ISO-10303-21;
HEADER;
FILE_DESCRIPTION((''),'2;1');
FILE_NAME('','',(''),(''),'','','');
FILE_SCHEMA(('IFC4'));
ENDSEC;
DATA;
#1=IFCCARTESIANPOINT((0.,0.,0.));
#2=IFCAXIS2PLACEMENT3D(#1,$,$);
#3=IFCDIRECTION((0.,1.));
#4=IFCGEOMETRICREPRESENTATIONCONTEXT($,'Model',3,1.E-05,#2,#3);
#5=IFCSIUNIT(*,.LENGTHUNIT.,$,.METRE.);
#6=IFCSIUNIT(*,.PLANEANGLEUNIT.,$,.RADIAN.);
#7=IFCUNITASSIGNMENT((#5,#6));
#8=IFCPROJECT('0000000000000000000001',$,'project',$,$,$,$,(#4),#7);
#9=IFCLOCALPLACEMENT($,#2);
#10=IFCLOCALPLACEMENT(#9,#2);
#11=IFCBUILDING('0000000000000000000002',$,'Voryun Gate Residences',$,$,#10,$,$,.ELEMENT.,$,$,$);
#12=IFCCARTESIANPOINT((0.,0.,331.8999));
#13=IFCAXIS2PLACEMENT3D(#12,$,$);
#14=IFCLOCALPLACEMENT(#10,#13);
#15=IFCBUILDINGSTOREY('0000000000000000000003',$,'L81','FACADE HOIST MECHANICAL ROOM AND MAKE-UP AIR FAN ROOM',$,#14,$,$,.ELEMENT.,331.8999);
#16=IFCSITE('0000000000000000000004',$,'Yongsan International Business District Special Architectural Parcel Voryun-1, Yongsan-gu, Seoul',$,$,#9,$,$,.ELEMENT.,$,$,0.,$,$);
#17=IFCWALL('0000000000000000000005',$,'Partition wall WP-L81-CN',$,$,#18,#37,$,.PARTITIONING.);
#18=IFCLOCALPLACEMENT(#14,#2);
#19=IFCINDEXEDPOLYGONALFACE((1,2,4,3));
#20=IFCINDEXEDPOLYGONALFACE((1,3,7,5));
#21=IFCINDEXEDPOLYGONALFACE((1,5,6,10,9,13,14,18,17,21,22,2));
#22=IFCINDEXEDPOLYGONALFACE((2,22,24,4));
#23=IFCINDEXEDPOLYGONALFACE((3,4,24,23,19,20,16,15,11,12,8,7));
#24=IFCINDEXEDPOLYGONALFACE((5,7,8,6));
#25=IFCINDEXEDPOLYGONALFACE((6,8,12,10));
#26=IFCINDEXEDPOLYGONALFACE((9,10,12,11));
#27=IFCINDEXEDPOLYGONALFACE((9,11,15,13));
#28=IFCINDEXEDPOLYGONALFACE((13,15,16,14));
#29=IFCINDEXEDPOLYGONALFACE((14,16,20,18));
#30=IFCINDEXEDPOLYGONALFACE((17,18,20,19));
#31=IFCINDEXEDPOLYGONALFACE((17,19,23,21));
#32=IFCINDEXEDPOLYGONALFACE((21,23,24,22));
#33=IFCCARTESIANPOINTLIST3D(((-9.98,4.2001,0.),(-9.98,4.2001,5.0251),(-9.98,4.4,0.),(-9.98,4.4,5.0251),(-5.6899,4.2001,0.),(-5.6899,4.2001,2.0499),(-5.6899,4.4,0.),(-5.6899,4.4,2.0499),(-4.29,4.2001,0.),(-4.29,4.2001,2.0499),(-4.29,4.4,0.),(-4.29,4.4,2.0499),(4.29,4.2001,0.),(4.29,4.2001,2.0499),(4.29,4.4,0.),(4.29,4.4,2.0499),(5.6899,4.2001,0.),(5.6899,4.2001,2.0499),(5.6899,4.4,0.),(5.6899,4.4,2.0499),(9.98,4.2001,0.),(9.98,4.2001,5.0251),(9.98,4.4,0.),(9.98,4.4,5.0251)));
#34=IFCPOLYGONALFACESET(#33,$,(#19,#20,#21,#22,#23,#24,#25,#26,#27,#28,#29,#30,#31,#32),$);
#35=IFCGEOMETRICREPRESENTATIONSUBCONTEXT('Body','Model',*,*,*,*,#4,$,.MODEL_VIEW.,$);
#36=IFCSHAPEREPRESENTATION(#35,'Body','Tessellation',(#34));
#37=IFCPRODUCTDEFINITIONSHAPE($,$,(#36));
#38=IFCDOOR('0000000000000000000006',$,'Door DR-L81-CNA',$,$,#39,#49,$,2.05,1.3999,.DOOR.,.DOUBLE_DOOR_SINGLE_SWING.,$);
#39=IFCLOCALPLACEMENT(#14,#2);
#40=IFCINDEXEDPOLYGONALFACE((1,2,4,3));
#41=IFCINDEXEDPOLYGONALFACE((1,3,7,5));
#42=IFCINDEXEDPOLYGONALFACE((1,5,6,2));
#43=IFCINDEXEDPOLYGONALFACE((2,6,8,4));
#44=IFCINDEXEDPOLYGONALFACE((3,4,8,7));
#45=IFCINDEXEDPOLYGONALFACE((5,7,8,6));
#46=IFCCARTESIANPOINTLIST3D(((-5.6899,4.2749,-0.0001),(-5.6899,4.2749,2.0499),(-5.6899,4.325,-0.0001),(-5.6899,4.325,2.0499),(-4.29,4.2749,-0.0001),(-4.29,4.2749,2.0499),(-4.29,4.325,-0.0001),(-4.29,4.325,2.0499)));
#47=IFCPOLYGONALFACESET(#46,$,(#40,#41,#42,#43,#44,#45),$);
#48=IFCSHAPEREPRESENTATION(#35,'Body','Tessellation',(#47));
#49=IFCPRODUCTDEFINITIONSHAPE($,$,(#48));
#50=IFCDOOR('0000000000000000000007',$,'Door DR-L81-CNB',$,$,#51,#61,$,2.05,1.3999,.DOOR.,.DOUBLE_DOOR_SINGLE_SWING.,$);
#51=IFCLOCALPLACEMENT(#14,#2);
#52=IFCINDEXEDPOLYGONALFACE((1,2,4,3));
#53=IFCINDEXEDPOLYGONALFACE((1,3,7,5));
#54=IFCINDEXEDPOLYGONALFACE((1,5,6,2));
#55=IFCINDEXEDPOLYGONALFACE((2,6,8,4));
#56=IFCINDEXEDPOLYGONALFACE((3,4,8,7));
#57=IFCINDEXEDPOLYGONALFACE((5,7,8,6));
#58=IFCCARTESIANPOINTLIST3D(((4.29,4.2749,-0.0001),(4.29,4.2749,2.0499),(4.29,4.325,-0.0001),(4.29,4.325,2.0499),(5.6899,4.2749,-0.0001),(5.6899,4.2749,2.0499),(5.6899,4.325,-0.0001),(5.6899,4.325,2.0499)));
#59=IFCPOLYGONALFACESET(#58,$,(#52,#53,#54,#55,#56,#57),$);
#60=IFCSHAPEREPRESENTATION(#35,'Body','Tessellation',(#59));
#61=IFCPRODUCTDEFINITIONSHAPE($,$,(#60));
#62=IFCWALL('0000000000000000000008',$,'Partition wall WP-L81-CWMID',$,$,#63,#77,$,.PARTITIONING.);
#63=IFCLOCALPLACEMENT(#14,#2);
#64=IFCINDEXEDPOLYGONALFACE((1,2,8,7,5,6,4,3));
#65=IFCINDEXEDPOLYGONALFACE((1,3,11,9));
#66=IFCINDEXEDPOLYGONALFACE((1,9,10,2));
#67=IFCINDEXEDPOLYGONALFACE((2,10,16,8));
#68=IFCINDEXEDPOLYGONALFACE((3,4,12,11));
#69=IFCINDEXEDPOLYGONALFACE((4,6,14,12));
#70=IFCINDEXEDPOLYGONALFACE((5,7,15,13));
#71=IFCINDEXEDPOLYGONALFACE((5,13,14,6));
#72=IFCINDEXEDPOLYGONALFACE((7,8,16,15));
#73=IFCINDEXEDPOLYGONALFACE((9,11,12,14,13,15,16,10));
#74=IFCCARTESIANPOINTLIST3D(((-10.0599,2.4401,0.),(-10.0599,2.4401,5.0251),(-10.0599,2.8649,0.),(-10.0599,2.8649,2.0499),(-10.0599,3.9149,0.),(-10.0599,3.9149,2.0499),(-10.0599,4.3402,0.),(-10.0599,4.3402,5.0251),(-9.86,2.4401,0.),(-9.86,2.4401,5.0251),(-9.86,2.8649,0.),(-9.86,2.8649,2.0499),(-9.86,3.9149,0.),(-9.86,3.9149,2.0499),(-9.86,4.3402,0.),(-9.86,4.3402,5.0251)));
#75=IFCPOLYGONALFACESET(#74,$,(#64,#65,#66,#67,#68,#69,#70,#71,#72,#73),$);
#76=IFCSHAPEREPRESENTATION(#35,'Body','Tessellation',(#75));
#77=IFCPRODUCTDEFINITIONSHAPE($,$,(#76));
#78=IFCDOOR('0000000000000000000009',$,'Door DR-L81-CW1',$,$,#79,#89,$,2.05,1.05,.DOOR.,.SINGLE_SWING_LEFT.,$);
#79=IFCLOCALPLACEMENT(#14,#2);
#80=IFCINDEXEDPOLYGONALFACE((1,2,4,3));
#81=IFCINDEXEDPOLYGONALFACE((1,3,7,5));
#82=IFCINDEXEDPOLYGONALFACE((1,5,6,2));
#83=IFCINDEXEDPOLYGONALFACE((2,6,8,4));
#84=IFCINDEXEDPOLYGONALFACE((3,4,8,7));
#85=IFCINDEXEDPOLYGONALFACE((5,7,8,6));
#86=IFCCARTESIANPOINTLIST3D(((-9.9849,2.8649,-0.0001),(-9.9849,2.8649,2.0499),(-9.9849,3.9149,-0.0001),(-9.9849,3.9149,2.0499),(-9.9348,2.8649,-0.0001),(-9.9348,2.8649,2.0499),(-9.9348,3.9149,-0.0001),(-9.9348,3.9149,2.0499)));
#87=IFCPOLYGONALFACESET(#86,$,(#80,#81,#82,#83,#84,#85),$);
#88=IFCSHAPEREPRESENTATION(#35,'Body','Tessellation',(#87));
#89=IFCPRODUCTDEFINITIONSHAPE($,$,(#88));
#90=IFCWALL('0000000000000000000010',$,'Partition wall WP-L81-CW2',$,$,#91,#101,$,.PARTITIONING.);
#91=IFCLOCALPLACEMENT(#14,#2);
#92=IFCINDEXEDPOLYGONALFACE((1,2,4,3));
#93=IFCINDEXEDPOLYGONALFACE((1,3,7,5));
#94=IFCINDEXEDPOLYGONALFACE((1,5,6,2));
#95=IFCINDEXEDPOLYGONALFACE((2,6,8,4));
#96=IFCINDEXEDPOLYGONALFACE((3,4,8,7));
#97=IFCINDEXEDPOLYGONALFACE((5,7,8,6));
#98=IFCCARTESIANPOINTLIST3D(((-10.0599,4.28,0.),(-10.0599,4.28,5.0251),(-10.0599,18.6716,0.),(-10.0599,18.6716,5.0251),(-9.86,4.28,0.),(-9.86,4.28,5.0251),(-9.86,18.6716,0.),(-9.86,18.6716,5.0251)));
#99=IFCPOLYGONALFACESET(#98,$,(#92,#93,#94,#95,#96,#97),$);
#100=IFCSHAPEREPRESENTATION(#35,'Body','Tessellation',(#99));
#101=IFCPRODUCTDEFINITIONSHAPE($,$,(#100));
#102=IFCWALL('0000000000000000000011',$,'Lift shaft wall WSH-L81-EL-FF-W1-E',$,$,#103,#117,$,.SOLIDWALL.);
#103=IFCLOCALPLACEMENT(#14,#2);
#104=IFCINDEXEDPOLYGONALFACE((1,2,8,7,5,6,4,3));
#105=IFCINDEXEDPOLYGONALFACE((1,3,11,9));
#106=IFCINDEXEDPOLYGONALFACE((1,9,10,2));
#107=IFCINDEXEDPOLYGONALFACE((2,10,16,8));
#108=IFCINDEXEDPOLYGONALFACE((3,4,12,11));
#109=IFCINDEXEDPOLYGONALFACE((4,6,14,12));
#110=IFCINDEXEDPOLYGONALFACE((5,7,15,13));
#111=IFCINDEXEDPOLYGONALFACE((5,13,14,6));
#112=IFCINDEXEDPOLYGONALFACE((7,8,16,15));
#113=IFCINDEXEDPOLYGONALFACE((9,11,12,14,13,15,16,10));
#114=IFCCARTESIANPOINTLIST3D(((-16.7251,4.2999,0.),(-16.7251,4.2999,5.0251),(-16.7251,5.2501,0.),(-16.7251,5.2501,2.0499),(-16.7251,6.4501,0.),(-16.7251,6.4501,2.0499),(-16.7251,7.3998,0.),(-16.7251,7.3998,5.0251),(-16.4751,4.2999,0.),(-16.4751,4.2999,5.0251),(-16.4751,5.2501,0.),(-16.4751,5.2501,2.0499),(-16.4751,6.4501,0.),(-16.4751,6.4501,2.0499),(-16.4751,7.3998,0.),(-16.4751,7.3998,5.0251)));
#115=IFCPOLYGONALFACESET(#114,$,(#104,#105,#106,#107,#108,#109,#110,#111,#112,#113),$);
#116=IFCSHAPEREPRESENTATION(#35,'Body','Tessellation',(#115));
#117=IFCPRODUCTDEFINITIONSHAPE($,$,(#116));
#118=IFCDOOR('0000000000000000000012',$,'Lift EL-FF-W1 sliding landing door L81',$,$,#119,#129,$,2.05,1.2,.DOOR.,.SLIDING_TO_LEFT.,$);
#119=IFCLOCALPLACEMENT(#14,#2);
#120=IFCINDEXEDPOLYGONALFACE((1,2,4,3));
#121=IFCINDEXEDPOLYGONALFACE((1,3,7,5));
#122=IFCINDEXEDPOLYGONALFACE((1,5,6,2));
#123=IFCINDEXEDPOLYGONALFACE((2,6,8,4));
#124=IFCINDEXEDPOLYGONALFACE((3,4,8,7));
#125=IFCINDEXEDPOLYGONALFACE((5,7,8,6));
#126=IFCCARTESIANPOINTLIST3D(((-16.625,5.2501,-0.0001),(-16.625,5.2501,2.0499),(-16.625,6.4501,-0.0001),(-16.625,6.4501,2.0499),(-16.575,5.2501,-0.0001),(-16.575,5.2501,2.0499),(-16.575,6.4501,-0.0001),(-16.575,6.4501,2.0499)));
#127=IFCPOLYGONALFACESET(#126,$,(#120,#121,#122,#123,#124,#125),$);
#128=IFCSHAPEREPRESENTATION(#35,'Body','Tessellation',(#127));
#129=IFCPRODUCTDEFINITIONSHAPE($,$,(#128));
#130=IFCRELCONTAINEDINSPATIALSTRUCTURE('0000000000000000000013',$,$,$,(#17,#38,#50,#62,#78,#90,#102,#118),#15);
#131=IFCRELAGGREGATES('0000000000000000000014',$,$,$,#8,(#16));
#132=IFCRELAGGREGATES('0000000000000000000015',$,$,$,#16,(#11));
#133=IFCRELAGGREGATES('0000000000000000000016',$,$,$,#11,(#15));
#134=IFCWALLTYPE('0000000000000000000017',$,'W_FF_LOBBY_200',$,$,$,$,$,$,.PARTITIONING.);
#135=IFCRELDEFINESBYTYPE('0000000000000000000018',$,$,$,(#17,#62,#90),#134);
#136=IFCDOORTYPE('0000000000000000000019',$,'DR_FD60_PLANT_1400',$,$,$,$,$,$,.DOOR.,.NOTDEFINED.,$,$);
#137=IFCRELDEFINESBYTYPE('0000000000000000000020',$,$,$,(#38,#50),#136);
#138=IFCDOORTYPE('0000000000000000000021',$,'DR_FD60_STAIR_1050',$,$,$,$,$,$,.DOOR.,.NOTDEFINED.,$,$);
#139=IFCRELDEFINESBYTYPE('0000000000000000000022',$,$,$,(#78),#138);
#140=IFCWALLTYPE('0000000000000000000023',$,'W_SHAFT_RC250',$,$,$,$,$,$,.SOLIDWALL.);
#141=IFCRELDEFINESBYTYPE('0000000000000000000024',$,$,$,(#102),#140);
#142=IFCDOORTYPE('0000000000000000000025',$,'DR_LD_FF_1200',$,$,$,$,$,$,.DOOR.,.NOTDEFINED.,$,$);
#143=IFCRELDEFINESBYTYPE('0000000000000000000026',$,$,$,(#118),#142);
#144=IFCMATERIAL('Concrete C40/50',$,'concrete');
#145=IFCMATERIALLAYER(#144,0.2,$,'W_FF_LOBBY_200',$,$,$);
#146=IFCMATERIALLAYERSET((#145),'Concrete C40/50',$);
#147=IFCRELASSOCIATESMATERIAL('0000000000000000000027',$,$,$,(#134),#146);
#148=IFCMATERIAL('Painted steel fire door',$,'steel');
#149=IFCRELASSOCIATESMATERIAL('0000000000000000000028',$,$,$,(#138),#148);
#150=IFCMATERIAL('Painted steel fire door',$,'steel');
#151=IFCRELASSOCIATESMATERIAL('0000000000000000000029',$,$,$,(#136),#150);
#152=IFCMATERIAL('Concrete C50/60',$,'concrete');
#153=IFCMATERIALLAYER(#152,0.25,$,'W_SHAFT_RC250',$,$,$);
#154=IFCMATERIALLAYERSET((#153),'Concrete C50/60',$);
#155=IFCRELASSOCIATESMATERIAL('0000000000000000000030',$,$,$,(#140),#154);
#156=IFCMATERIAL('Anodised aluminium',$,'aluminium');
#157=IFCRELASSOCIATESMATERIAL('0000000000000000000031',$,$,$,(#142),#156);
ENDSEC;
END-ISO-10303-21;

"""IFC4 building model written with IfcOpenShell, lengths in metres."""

from ifc_helpers import new_model, si_unit, direction, frame, frame_2d, origin, place, context, subcontext, project, spatial, rectangle, extrude, material, layer, layer_set, type_object, element, fill, save


model = new_model("IFC4")

# Units and contexts
model_context = context("Model", 3, precision=1e-05, world=origin(), true_north=direction((0.0, 1.0)))
body_context = subcontext(model_context, "Body", "Model", "MODEL_VIEW")
ifc_project = project(units=[si_unit("LENGTHUNIT", "METRE"), si_unit("PLANEANGLEUNIT", "RADIAN")], contexts=[model_context])

# Site, building, storey
site_placement = place(None, origin())
site = spatial("IfcSite", under=ifc_project, at=site_placement, Name="Yongsan International Business District Special Architectural Parcel Voryun-1, Yongsan-gu, Seoul", CompositionType="ELEMENT", RefElevation=0.0)
building_placement = place(site_placement, origin())
building = spatial("IfcBuilding", under=site, at=building_placement, Name="Voryun Gate Residences", CompositionType="ELEMENT")
storey_placement = place(building_placement, frame((0.0, 0.0, 331.8999)))
storey = spatial("IfcBuildingStorey", under=building, at=storey_placement, Name="L81", Description="FACADE HOIST MECHANICAL ROOM AND MAKE-UP AIR FAN ROOM", CompositionType="ELEMENT", Elevation=331.8999)

# Shared definitions
ifc_material_1 = material(Name="Concrete C40/50", Category="concrete")
ifc_layer_1 = layer(ifc_material_1, 0.2, Name="W_FF_LOBBY_200")
ifc_layer_set_1 = layer_set([ifc_layer_1], Name="Concrete C40/50")
wall_type_1 = type_object("IfcWallType", Name="W_FF_LOBBY_200", PredefinedType="PARTITIONING", material=ifc_layer_set_1)

# Wall, openings, doors
ifc_material_2 = material(Name="Painted steel fire door", Category="steel")
door_type_1 = type_object("IfcDoorType", Name="DR_FD60_STAIR_1050", OperationType="NOTDEFINED", PredefinedType="DOOR", material=ifc_material_2)
wall_1_placement = place(storey_placement, frame((-9.98, 4.3, 0.0), z_axis=(0.0, 0.0, 1.0), x_axis=(1.0, 0.0, 0.0)))
wall_1 = element("IfcWall", 1, at=wall_1_placement, inside=storey, type_object=wall_type_1, Name="Partition wall WP-L81-CN", PredefinedType="PARTITIONING", context=body_context, shape_type="SweptSolid", body=[
    extrude(rectangle(XDim=19.96, YDim=0.2, at=frame_2d((9.98, 0.0))), origin(), (0.0, 0.0, 1.0), 5.0251),
])
opening_1_placement = place(wall_1_placement, frame((4.29, 0.0, 0.0)))
opening_1 = element("IfcOpeningElement", 2, at=opening_1_placement, cuts=wall_1, PredefinedType="OPENING", context=body_context, shape_type="SweptSolid", body=[
    extrude(rectangle(XDim=1.3999, YDim=2.05, at=frame_2d((0.7, 1.0249))), frame((0.0, 0.1101, 0.0), z_axis=(0.0, -1.0, 0.0), x_axis=(1.0, 0.0, 0.0)), (0.0, 0.0, 1.0), 0.22),
])
opening_2_placement = place(wall_1_placement, frame((14.27, 0.0, 0.0)))
opening_2 = element("IfcOpeningElement", 3, at=opening_2_placement, cuts=wall_1, PredefinedType="OPENING", context=body_context, shape_type="SweptSolid", body=[
    extrude(rectangle(XDim=1.3999, YDim=2.05, at=frame_2d((0.7, 1.0249))), frame((0.0, 0.1101, 0.0), z_axis=(0.0, -1.0, 0.0), x_axis=(1.0, 0.0, 0.0)), (0.0, 0.0, 1.0), 0.22),
])
ifc_material_3 = material(Name="Painted steel fire door", Category="steel")
door_type_2 = type_object("IfcDoorType", Name="DR_FD60_PLANT_1400", OperationType="NOTDEFINED", PredefinedType="DOOR", material=ifc_material_3)
door_1_placement = place(opening_1_placement, origin())
door_1 = element("IfcDoor", 4, at=door_1_placement, inside=storey, type_object=door_type_2, Name="Door DR-L81-CNA", OperationType="DOUBLE_DOOR_SINGLE_SWING", OverallHeight=2.05, OverallWidth=1.3999, PredefinedType="DOOR", context=body_context, shape_type="SweptSolid", body=[
    extrude(rectangle(XDim=1.3999, YDim=2.05, at=frame_2d((0.7, 1.0249))), frame((0.0, 0.0249, 0.0), z_axis=(0.0, -1.0, 0.0), x_axis=(1.0, 0.0, 0.0)), (0.0, 0.0, 1.0), 0.05),
])
fill(opening_1, door_1)
door_2_placement = place(opening_2_placement, origin())
door_2 = element("IfcDoor", 5, at=door_2_placement, inside=storey, type_object=door_type_2, Name="Door DR-L81-CNB", OperationType="DOUBLE_DOOR_SINGLE_SWING", OverallHeight=2.05, OverallWidth=1.3999, PredefinedType="DOOR", context=body_context, shape_type="SweptSolid", body=[
    extrude(rectangle(XDim=1.3999, YDim=2.05, at=frame_2d((0.7, 1.0249))), frame((0.0, 0.0249, 0.0), z_axis=(0.0, -1.0, 0.0), x_axis=(1.0, 0.0, 0.0)), (0.0, 0.0, 1.0), 0.05),
])
fill(opening_2, door_2)

# Wall, opening, door
wall_2_placement = place(storey_placement, frame((-9.96, 2.4399, 0.0), z_axis=(0.0, 0.0, 1.0), x_axis=(0.0, 1.0, 0.0)))
wall_2 = element("IfcWall", 6, at=wall_2_placement, inside=storey, type_object=wall_type_1, Name="Partition wall WP-L81-CWMID", PredefinedType="PARTITIONING", context=body_context, shape_type="SweptSolid", body=[
    extrude(rectangle(XDim=1.9001, YDim=0.2, at=frame_2d((0.9502, 0.0))), origin(), (0.0, 0.0, 1.0), 5.0251),
])
opening_3_placement = place(wall_2_placement, frame((0.425, 0.0, 0.0)))
opening_3 = element("IfcOpeningElement", 7, at=opening_3_placement, cuts=wall_2, PredefinedType="OPENING", context=body_context, shape_type="SweptSolid", body=[
    extrude(rectangle(XDim=1.05, YDim=2.05, at=frame_2d((0.5249, 1.0249))), frame((0.0, 0.1101, 0.0), z_axis=(0.0, -1.0, 0.0), x_axis=(1.0, 0.0, 0.0)), (0.0, 0.0, 1.0), 0.22),
])
door_3_placement = place(opening_3_placement, origin())
door_3 = element("IfcDoor", 8, at=door_3_placement, inside=storey, type_object=door_type_1, Name="Door DR-L81-CW1", OperationType="SINGLE_SWING_LEFT", OverallHeight=2.05, OverallWidth=1.05, PredefinedType="DOOR", context=body_context, shape_type="SweptSolid", body=[
    extrude(rectangle(XDim=1.05, YDim=2.05, at=frame_2d((0.5249, 1.0249))), frame((0.0, 0.0249, 0.0), z_axis=(0.0, -1.0, 0.0), x_axis=(1.0, 0.0, 0.0)), (0.0, 0.0, 1.0), 0.05),
])
fill(opening_3, door_3)

# Wall
wall_3_placement = place(storey_placement, frame((-9.96, 4.28, 0.0), z_axis=(0.0, 0.0, 1.0), x_axis=(0.0, 1.0, 0.0)))
element("IfcWall", 9, at=wall_3_placement, inside=storey, type_object=wall_type_1, Name="Partition wall WP-L81-CW2", PredefinedType="PARTITIONING", context=body_context, shape_type="SweptSolid", body=[
    extrude(rectangle(XDim=14.3916, YDim=0.2, at=frame_2d((7.1958, 0.0))), origin(), (0.0, 0.0, 1.0), 5.0251),
])

# Wall, opening, door
ifc_material_4 = material(Name="Concrete C50/60", Category="concrete")
ifc_layer_2 = layer(ifc_material_4, 0.25, Name="W_SHAFT_RC250")
ifc_layer_set_2 = layer_set([ifc_layer_2], Name="Concrete C50/60")
wall_type_2 = type_object("IfcWallType", Name="W_SHAFT_RC250", PredefinedType="SOLIDWALL", material=ifc_layer_set_2)
wall_4_placement = place(storey_placement, frame((-16.6001, 4.3, 0.0), z_axis=(0.0, 0.0, 1.0), x_axis=(0.0, 1.0, 0.0)))
wall_4 = element("IfcWall", 10, at=wall_4_placement, inside=storey, type_object=wall_type_2, Name="Lift shaft wall WSH-L81-EL-FF-W1-E", PredefinedType="SOLIDWALL", context=body_context, shape_type="SweptSolid", body=[
    extrude(rectangle(XDim=3.0999, YDim=0.25, at=frame_2d((1.5498, 0.0))), origin(), (0.0, 0.0, 1.0), 5.0251),
])
opening_4_placement = place(wall_4_placement, frame((0.95, 0.0, 0.0)))
opening_4 = element("IfcOpeningElement", 11, at=opening_4_placement, cuts=wall_4, PredefinedType="OPENING", context=body_context, shape_type="SweptSolid", body=[
    extrude(rectangle(XDim=1.2, YDim=2.05, at=frame_2d((0.6001, 1.0249))), frame((0.0, 0.135, 0.0), z_axis=(0.0, -1.0, 0.0), x_axis=(1.0, 0.0, 0.0)), (0.0, 0.0, 1.0), 0.27),
])
ifc_material_5 = material(Name="Anodised aluminium", Category="aluminium")
door_type_3 = type_object("IfcDoorType", Name="DR_LD_FF_1200", OperationType="NOTDEFINED", PredefinedType="DOOR", material=ifc_material_5)
door_4_placement = place(opening_4_placement, origin())
door_4 = element("IfcDoor", 12, at=door_4_placement, inside=storey, type_object=door_type_3, Name="Lift EL-FF-W1 sliding landing door L81", OperationType="SLIDING_TO_LEFT", OverallHeight=2.05, OverallWidth=1.2, PredefinedType="DOOR", context=body_context, shape_type="SweptSolid", body=[
    extrude(rectangle(XDim=1.2, YDim=2.05, at=frame_2d((0.6001, 1.0249))), frame((0.0, 0.0249, 0.0), z_axis=(0.0, -1.0, 0.0), x_axis=(1.0, 0.0, 0.0)), (0.0, 0.0, 1.0), 0.05),
])
fill(opening_4, door_4)

save(model, "model.ifc")
